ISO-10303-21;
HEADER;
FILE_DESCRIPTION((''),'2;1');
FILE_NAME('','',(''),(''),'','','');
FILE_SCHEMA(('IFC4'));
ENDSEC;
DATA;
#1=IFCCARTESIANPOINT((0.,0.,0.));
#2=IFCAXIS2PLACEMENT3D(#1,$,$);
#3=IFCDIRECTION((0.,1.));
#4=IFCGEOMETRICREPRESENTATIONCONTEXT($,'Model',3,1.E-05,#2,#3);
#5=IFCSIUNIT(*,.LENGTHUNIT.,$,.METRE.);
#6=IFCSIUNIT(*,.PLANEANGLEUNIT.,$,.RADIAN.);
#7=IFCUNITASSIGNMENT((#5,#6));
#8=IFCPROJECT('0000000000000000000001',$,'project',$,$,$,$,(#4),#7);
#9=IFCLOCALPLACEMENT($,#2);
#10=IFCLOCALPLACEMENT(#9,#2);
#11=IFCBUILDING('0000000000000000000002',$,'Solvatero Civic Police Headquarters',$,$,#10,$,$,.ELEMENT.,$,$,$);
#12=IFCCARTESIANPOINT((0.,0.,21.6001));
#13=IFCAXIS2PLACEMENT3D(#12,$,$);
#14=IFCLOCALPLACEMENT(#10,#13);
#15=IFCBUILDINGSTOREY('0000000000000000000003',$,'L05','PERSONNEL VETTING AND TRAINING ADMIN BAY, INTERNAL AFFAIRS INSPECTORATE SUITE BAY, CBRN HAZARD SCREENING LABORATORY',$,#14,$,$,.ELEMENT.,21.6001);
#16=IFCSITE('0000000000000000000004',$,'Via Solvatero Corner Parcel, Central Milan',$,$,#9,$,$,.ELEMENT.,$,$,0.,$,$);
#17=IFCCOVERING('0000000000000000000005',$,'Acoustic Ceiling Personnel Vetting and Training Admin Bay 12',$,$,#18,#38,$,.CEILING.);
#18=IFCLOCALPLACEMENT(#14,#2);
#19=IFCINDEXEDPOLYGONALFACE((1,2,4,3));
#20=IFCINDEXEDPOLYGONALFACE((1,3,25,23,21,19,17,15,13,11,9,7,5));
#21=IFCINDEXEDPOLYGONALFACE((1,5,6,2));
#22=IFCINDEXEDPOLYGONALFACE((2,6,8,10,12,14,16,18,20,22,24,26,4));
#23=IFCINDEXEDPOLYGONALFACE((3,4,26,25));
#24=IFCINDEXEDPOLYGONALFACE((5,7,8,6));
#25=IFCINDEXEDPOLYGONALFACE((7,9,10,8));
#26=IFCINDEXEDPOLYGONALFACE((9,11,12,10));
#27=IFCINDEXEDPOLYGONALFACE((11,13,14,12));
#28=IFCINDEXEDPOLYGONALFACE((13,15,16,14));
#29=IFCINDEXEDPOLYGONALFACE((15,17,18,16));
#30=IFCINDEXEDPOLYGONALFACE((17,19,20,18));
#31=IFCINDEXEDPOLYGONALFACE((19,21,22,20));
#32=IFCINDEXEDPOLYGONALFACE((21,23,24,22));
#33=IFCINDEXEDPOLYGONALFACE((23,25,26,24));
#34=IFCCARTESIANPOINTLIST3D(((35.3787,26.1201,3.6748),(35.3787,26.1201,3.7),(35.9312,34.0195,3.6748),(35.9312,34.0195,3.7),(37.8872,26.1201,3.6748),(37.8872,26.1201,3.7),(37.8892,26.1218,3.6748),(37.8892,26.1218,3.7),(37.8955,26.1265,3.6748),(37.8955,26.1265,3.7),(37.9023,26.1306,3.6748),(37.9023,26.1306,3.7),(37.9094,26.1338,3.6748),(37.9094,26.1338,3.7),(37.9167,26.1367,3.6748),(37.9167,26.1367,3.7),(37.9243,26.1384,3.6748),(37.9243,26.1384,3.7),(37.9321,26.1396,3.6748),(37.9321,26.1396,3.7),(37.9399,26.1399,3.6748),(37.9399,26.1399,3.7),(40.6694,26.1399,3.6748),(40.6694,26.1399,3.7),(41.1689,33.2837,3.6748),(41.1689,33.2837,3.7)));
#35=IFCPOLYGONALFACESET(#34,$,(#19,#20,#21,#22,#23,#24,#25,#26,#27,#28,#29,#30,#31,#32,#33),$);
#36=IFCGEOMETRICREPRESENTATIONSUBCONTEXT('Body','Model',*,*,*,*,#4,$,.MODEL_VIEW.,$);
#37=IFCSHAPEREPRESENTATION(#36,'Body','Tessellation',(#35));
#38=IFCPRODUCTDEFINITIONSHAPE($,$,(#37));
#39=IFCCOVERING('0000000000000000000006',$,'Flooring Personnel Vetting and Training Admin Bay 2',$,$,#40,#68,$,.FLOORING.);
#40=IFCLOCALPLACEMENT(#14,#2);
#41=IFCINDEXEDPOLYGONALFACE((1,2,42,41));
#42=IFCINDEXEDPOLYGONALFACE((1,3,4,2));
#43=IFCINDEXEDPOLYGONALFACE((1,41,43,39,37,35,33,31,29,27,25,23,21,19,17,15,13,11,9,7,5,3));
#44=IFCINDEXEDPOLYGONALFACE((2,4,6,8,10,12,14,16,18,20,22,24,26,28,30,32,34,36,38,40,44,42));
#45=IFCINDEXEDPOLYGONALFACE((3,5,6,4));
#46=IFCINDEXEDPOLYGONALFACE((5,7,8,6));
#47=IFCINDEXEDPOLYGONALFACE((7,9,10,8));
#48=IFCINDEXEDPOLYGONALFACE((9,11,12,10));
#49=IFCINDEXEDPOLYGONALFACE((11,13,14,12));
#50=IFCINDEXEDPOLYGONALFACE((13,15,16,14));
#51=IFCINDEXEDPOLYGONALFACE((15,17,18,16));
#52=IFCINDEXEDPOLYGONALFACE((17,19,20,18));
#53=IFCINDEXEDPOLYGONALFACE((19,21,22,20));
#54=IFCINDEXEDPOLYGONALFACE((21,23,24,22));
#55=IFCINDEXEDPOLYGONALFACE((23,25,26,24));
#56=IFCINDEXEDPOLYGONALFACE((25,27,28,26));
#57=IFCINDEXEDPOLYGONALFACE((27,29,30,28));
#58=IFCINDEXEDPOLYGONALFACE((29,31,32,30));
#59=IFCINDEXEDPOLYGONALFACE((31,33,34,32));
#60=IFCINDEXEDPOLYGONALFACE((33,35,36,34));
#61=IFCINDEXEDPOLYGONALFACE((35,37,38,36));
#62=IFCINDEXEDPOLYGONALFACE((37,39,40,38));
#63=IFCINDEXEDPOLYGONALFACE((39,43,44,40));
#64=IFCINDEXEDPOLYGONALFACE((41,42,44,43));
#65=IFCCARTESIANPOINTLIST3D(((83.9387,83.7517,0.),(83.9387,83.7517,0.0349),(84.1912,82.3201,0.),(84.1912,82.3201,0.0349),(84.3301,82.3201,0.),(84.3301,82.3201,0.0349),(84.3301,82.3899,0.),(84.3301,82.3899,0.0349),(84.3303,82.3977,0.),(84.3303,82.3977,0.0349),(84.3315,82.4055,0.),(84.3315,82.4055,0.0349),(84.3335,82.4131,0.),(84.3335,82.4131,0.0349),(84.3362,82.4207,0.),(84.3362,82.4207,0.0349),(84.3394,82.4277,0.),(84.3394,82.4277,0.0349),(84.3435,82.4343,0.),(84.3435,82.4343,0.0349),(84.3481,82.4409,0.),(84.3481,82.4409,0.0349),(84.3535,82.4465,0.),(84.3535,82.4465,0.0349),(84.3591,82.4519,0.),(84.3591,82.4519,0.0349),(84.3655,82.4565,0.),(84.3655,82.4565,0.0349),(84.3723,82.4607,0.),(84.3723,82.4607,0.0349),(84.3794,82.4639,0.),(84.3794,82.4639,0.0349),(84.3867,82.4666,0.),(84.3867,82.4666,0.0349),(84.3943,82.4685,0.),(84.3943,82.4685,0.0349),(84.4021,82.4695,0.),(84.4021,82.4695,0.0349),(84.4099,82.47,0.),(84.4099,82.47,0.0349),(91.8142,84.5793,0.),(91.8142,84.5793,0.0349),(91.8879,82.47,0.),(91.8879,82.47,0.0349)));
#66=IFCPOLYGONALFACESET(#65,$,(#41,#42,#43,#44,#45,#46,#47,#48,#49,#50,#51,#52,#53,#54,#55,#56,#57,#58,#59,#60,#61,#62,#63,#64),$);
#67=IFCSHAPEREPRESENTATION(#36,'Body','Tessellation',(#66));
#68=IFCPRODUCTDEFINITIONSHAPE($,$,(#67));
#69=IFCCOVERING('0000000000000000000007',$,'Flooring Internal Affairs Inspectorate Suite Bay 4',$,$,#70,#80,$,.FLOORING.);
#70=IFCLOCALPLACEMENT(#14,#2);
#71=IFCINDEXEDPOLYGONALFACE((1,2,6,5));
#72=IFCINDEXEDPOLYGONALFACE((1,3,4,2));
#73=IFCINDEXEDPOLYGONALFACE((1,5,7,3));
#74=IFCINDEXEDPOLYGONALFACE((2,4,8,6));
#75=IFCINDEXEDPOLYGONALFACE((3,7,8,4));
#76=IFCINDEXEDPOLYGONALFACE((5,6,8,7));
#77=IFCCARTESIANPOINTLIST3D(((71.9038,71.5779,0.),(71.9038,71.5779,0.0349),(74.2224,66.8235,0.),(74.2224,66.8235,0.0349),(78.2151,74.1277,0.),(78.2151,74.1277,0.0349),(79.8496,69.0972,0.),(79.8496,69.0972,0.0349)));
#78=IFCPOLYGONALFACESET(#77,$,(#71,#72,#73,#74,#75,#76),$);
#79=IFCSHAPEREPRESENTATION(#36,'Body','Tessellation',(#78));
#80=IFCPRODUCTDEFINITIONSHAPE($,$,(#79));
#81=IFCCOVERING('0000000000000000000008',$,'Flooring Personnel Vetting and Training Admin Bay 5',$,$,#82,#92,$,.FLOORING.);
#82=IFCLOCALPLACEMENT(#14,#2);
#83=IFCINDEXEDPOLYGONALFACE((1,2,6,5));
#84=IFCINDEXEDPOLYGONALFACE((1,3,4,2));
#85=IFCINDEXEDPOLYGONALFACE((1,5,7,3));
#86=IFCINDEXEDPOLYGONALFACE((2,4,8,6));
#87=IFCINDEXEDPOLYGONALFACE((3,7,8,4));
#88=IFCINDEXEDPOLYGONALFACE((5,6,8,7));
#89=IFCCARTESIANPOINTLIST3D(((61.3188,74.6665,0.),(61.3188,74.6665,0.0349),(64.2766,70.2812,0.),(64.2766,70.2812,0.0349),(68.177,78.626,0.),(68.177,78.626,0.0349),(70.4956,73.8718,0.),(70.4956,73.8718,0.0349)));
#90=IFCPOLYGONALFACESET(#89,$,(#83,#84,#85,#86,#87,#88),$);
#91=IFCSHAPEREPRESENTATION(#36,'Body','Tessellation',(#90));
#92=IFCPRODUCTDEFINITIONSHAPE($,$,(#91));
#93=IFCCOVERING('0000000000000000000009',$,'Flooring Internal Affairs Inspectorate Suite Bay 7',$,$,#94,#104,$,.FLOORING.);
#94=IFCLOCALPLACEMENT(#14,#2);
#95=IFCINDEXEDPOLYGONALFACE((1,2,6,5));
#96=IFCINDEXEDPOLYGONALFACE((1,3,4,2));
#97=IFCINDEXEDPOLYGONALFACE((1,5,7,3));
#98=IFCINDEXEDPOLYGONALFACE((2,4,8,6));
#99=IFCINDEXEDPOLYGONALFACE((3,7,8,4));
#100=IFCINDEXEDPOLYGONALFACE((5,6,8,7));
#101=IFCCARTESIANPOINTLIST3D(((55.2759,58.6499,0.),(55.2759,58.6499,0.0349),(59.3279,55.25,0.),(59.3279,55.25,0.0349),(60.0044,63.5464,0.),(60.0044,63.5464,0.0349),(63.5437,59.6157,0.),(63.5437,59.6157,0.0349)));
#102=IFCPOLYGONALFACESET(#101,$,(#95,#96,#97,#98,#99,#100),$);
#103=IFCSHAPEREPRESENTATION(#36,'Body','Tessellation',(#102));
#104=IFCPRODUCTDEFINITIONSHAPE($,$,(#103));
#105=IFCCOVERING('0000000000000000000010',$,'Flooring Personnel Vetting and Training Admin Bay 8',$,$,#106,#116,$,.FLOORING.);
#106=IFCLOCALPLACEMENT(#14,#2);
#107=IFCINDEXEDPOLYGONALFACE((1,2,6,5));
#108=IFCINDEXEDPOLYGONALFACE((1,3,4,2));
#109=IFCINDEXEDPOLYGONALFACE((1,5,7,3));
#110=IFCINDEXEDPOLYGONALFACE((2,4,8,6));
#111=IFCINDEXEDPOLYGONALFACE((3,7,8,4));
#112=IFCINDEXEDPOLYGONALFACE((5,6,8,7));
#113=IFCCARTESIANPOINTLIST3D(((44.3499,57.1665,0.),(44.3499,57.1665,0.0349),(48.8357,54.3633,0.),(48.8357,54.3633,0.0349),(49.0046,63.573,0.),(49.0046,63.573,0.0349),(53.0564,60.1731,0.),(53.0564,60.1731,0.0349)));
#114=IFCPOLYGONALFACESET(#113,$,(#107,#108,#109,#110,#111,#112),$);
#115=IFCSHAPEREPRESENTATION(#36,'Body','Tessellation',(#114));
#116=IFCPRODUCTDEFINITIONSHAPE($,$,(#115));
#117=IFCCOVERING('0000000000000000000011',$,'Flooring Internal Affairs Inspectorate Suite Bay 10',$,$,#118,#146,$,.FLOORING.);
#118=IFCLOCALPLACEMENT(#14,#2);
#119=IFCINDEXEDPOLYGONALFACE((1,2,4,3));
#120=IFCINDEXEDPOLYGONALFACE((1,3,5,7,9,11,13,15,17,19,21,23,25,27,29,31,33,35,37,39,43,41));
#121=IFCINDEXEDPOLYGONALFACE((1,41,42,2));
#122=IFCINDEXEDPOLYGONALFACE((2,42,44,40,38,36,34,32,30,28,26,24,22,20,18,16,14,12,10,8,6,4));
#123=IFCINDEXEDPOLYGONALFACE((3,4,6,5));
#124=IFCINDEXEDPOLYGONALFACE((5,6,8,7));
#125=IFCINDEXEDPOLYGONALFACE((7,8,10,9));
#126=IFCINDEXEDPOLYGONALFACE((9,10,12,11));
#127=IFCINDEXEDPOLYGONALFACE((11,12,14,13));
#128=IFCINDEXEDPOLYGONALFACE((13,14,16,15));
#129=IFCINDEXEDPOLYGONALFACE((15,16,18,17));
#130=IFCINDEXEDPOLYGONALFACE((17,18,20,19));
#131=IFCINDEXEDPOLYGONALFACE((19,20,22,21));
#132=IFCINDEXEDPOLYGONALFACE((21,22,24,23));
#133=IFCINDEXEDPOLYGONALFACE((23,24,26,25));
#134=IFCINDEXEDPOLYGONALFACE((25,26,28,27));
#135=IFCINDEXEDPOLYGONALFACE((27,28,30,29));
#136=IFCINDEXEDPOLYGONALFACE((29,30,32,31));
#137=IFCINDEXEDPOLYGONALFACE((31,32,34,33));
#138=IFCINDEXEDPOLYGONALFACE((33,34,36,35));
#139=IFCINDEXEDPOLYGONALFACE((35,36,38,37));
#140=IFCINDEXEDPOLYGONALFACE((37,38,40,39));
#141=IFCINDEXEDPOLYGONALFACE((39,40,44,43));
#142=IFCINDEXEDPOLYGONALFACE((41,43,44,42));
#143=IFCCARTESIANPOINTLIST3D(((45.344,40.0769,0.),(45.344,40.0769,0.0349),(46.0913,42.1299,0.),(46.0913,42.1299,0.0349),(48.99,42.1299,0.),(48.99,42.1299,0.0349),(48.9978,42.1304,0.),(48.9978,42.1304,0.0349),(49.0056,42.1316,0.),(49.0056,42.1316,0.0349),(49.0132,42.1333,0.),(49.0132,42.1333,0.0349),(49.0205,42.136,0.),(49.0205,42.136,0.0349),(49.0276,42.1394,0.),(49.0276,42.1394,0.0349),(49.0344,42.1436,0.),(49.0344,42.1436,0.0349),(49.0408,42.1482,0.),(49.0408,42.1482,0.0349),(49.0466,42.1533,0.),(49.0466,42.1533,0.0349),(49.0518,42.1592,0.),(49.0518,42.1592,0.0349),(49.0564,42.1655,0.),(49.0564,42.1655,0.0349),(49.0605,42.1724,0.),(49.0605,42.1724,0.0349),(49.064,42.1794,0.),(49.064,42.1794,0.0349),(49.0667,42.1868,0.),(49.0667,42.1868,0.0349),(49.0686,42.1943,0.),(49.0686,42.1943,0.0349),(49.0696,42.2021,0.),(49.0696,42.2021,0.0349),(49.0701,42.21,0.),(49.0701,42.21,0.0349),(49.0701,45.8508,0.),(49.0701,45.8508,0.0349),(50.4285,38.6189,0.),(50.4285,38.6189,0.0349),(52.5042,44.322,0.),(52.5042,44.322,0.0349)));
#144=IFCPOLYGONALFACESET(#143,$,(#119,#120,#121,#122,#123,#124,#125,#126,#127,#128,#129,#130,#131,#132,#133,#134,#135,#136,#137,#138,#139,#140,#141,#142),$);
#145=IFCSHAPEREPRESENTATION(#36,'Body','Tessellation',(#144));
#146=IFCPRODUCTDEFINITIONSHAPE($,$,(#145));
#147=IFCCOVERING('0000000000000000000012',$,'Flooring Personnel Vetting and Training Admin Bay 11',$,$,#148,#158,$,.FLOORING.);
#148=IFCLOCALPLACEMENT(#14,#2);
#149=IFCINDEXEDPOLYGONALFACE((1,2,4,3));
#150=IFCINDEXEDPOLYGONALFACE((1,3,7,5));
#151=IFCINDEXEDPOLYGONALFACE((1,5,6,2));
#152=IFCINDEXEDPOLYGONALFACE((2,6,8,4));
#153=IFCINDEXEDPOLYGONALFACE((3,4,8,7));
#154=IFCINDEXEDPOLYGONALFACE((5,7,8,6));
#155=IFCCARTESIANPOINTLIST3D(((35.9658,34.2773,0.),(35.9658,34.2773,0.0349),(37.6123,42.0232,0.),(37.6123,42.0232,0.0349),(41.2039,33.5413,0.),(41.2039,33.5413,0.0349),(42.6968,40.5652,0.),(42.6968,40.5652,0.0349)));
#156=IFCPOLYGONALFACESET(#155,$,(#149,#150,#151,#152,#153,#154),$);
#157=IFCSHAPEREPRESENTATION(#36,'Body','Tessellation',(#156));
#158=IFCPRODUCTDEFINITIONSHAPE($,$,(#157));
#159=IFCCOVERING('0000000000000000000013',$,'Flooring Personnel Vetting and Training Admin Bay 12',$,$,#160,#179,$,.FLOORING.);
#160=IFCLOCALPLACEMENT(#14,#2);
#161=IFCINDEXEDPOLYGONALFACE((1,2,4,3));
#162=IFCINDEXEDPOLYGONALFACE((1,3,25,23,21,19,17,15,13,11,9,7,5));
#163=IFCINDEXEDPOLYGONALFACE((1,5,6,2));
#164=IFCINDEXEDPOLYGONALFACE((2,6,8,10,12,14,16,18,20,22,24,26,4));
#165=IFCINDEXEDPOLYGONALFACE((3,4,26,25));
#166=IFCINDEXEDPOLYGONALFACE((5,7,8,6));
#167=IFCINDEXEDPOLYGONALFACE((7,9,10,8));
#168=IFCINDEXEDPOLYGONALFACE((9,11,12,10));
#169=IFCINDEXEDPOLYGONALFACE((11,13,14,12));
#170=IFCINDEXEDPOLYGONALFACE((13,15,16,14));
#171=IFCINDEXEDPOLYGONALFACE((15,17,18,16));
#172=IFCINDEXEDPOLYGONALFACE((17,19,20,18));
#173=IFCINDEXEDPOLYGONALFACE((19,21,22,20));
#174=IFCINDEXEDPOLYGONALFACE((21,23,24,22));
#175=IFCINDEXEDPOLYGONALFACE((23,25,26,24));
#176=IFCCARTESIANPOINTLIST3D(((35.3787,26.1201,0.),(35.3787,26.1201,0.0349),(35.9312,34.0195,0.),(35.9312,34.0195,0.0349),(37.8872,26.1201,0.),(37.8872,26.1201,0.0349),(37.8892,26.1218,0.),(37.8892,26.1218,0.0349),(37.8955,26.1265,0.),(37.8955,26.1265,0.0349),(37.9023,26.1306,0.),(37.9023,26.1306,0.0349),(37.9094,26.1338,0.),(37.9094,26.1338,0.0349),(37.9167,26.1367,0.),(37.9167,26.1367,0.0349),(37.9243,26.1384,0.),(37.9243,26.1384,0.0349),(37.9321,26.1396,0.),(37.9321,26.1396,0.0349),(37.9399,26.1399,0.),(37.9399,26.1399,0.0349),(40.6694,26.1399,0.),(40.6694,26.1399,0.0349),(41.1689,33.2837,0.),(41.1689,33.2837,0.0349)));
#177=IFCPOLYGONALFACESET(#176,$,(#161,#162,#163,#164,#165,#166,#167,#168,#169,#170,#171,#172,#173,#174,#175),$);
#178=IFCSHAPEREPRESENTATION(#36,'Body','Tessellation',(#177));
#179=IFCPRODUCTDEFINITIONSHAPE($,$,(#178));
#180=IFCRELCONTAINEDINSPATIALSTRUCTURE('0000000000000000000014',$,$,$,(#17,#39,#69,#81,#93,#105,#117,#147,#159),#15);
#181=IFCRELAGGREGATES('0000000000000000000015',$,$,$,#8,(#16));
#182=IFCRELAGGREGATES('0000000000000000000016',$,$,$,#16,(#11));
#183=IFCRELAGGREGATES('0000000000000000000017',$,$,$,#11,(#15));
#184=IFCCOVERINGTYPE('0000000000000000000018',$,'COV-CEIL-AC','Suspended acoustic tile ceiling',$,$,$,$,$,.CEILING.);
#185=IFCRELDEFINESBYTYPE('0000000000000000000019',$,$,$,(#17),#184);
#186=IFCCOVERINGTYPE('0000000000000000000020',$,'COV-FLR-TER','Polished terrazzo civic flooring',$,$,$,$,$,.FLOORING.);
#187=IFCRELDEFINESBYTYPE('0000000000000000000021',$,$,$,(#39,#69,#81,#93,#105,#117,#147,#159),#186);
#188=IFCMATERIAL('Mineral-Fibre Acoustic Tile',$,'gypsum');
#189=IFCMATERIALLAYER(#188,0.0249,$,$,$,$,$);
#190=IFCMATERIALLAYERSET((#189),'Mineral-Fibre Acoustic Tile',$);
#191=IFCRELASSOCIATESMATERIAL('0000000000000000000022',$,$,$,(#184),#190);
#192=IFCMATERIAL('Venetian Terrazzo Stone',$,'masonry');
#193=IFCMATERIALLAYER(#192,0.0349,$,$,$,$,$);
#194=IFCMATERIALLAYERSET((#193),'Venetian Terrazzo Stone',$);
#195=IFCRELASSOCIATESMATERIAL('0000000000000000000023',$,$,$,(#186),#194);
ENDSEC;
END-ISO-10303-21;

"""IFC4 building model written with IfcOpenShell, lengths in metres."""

from ifc_helpers import new_model, si_unit, direction, frame, origin, place, context, subcontext, project, spatial, polyline, outline, extrude, material, layer, layer_set, type_object, element, save


model = new_model("IFC4")

# Units and contexts
model_context = context("Model", 3, precision=1e-05, world=origin(), true_north=direction((0.0, 1.0)))
body_context = subcontext(model_context, "Body", "Model", "MODEL_VIEW")
ifc_project = project(units=[si_unit("LENGTHUNIT", "METRE"), si_unit("PLANEANGLEUNIT", "RADIAN")], contexts=[model_context])

# Site, building, storey
site_placement = place(None, origin())
site = spatial("IfcSite", under=ifc_project, at=site_placement, Name="Via Solvatero Corner Parcel, Central Milan", CompositionType="ELEMENT", RefElevation=0.0)
building_placement = place(site_placement, origin())
building = spatial("IfcBuilding", under=site, at=building_placement, Name="Solvatero Civic Police Headquarters", CompositionType="ELEMENT")
storey_placement = place(building_placement, frame((0.0, 0.0, 21.6001)))
storey = spatial("IfcBuildingStorey", under=building, at=storey_placement, Name="L05", Description="PERSONNEL VETTING AND TRAINING ADMIN BAY, INTERNAL AFFAIRS INSPECTORATE SUITE BAY, CBRN HAZARD SCREENING LABORATORY", CompositionType="ELEMENT", Elevation=21.6001)

# Coverings
ifc_material_1 = material(Name="Mineral-Fibre Acoustic Tile", Category="gypsum")
ifc_layer_1 = layer(ifc_material_1, 0.0249)
ifc_layer_set_1 = layer_set([ifc_layer_1], Name="Mineral-Fibre Acoustic Tile")
covering_type_1 = type_object("IfcCoveringType", Name="COV-CEIL-AC", Description="Suspended acoustic tile ceiling", PredefinedType="CEILING", material=ifc_layer_set_1)
covering_1_placement = place(storey_placement, frame((0.0, 0.0, 3.6748)))
element("IfcCovering", 1, at=covering_1_placement, inside=storey, type_object=covering_type_1, Name="Acoustic Ceiling Personnel Vetting and Training Admin Bay 12", PredefinedType="CEILING", context=body_context, shape_type="SweptSolid", body=[
    extrude(outline(polyline([(35.3787, 26.1201), (35.9312, 34.0195), (41.1689, 33.2837), (40.6694, 26.1399), (37.9399, 26.1399), (37.9321, 26.1396), (37.9243, 26.1384), (37.9167, 26.1367), (37.9094, 26.1338), (37.9023, 26.1306), (37.8955, 26.1265), (37.8892, 26.1218), (37.8872, 26.1201), (35.3787, 26.1201)])), origin(), (0.0, 0.0, 1.0), 0.0251),
])
ifc_material_2 = material(Name="Venetian Terrazzo Stone", Category="masonry")
ifc_layer_2 = layer(ifc_material_2, 0.0349)
ifc_layer_set_2 = layer_set([ifc_layer_2], Name="Venetian Terrazzo Stone")
covering_type_2 = type_object("IfcCoveringType", Name="COV-FLR-TER", Description="Polished terrazzo civic flooring", PredefinedType="FLOORING", material=ifc_layer_set_2)
covering_2_placement = place(storey_placement, origin())
element("IfcCovering", 2, at=covering_2_placement, inside=storey, type_object=covering_type_2, Name="Flooring Personnel Vetting and Training Admin Bay 2", PredefinedType="FLOORING", context=body_context, shape_type="SweptSolid", body=[
    extrude(outline(polyline([(83.9387, 83.7517), (91.8142, 84.5793), (91.8879, 82.47), (84.4099, 82.47), (84.4021, 82.4695), (84.3943, 82.4685), (84.3867, 82.4666), (84.3794, 82.4639), (84.3723, 82.4607), (84.3655, 82.4565), (84.3591, 82.4519), (84.3535, 82.4465), (84.3481, 82.4409), (84.3435, 82.4343), (84.3394, 82.4277), (84.3362, 82.4207), (84.3335, 82.4131), (84.3315, 82.4055), (84.3303, 82.3977), (84.3301, 82.3899), (84.3301, 82.3201), (84.1912, 82.3201), (83.9387, 83.7517)])), origin(), (0.0, 0.0, 1.0), 0.0349),
])
covering_3_placement = place(storey_placement, origin())
element("IfcCovering", 3, at=covering_3_placement, inside=storey, type_object=covering_type_2, Name="Flooring Internal Affairs Inspectorate Suite Bay 4", PredefinedType="FLOORING", context=body_context, shape_type="SweptSolid", body=[
    extrude(outline(polyline([(74.2224, 66.8235), (71.9038, 71.5779), (78.2151, 74.1277), (79.8496, 69.0972), (74.2224, 66.8235)])), origin(), (0.0, 0.0, 1.0), 0.0349),
])
covering_4_placement = place(storey_placement, origin())
element("IfcCovering", 4, at=covering_4_placement, inside=storey, type_object=covering_type_2, Name="Flooring Personnel Vetting and Training Admin Bay 5", PredefinedType="FLOORING", context=body_context, shape_type="SweptSolid", body=[
    extrude(outline(polyline([(64.2766, 70.2812), (61.3188, 74.6665), (68.177, 78.626), (70.4956, 73.8718), (64.2766, 70.2812)])), origin(), (0.0, 0.0, 1.0), 0.0349),
])
covering_5_placement = place(storey_placement, origin())
element("IfcCovering", 5, at=covering_5_placement, inside=storey, type_object=covering_type_2, Name="Flooring Internal Affairs Inspectorate Suite Bay 7", PredefinedType="FLOORING", context=body_context, shape_type="SweptSolid", body=[
    extrude(outline(polyline([(59.3279, 55.25), (55.2759, 58.6499), (60.0044, 63.5464), (63.5437, 59.6157), (59.3279, 55.25)])), origin(), (0.0, 0.0, 1.0), 0.0349),
])
covering_6_placement = place(storey_placement, origin())
element("IfcCovering", 6, at=covering_6_placement, inside=storey, type_object=covering_type_2, Name="Flooring Personnel Vetting and Training Admin Bay 8", PredefinedType="FLOORING", context=body_context, shape_type="SweptSolid", body=[
    extrude(outline(polyline([(48.8357, 54.3633), (44.3499, 57.1665), (49.0046, 63.573), (53.0564, 60.1731), (48.8357, 54.3633)])), origin(), (0.0, 0.0, 1.0), 0.0349),
])
covering_7_placement = place(storey_placement, origin())
element("IfcCovering", 7, at=covering_7_placement, inside=storey, type_object=covering_type_2, Name="Flooring Internal Affairs Inspectorate Suite Bay 10", PredefinedType="FLOORING", context=body_context, shape_type="SweptSolid", body=[
    extrude(outline(polyline([(50.4285, 38.6189), (45.344, 40.0769), (46.0913, 42.1299), (48.99, 42.1299), (48.9978, 42.1304), (49.0056, 42.1316), (49.0132, 42.1333), (49.0205, 42.136), (49.0276, 42.1394), (49.0344, 42.1436), (49.0408, 42.1482), (49.0466, 42.1533), (49.0518, 42.1592), (49.0564, 42.1655), (49.0605, 42.1724), (49.064, 42.1794), (49.0667, 42.1868), (49.0686, 42.1943), (49.0696, 42.2021), (49.0701, 42.21), (49.0701, 45.8508), (52.5042, 44.322), (50.4285, 38.6189)])), origin(), (0.0, 0.0, 1.0), 0.0349),
])
covering_8_placement = place(storey_placement, origin())
element("IfcCovering", 8, at=covering_8_placement, inside=storey, type_object=covering_type_2, Name="Flooring Personnel Vetting and Training Admin Bay 11", PredefinedType="FLOORING", context=body_context, shape_type="SweptSolid", body=[
    extrude(outline(polyline([(41.2039, 33.5413), (35.9658, 34.2773), (37.6123, 42.0232), (42.6968, 40.5652), (41.2039, 33.5413)])), origin(), (0.0, 0.0, 1.0), 0.0349),
])
covering_9_placement = place(storey_placement, origin())
element("IfcCovering", 9, at=covering_9_placement, inside=storey, type_object=covering_type_2, Name="Flooring Personnel Vetting and Training Admin Bay 12", PredefinedType="FLOORING", context=body_context, shape_type="SweptSolid", body=[
    extrude(outline(polyline([(35.3787, 26.1201), (35.9312, 34.0195), (41.1689, 33.2837), (40.6694, 26.1399), (37.9399, 26.1399), (37.9321, 26.1396), (37.9243, 26.1384), (37.9167, 26.1367), (37.9094, 26.1338), (37.9023, 26.1306), (37.8955, 26.1265), (37.8892, 26.1218), (37.8872, 26.1201), (35.3787, 26.1201)])), origin(), (0.0, 0.0, 1.0), 0.0349),
])

save(model, "model.ifc")
